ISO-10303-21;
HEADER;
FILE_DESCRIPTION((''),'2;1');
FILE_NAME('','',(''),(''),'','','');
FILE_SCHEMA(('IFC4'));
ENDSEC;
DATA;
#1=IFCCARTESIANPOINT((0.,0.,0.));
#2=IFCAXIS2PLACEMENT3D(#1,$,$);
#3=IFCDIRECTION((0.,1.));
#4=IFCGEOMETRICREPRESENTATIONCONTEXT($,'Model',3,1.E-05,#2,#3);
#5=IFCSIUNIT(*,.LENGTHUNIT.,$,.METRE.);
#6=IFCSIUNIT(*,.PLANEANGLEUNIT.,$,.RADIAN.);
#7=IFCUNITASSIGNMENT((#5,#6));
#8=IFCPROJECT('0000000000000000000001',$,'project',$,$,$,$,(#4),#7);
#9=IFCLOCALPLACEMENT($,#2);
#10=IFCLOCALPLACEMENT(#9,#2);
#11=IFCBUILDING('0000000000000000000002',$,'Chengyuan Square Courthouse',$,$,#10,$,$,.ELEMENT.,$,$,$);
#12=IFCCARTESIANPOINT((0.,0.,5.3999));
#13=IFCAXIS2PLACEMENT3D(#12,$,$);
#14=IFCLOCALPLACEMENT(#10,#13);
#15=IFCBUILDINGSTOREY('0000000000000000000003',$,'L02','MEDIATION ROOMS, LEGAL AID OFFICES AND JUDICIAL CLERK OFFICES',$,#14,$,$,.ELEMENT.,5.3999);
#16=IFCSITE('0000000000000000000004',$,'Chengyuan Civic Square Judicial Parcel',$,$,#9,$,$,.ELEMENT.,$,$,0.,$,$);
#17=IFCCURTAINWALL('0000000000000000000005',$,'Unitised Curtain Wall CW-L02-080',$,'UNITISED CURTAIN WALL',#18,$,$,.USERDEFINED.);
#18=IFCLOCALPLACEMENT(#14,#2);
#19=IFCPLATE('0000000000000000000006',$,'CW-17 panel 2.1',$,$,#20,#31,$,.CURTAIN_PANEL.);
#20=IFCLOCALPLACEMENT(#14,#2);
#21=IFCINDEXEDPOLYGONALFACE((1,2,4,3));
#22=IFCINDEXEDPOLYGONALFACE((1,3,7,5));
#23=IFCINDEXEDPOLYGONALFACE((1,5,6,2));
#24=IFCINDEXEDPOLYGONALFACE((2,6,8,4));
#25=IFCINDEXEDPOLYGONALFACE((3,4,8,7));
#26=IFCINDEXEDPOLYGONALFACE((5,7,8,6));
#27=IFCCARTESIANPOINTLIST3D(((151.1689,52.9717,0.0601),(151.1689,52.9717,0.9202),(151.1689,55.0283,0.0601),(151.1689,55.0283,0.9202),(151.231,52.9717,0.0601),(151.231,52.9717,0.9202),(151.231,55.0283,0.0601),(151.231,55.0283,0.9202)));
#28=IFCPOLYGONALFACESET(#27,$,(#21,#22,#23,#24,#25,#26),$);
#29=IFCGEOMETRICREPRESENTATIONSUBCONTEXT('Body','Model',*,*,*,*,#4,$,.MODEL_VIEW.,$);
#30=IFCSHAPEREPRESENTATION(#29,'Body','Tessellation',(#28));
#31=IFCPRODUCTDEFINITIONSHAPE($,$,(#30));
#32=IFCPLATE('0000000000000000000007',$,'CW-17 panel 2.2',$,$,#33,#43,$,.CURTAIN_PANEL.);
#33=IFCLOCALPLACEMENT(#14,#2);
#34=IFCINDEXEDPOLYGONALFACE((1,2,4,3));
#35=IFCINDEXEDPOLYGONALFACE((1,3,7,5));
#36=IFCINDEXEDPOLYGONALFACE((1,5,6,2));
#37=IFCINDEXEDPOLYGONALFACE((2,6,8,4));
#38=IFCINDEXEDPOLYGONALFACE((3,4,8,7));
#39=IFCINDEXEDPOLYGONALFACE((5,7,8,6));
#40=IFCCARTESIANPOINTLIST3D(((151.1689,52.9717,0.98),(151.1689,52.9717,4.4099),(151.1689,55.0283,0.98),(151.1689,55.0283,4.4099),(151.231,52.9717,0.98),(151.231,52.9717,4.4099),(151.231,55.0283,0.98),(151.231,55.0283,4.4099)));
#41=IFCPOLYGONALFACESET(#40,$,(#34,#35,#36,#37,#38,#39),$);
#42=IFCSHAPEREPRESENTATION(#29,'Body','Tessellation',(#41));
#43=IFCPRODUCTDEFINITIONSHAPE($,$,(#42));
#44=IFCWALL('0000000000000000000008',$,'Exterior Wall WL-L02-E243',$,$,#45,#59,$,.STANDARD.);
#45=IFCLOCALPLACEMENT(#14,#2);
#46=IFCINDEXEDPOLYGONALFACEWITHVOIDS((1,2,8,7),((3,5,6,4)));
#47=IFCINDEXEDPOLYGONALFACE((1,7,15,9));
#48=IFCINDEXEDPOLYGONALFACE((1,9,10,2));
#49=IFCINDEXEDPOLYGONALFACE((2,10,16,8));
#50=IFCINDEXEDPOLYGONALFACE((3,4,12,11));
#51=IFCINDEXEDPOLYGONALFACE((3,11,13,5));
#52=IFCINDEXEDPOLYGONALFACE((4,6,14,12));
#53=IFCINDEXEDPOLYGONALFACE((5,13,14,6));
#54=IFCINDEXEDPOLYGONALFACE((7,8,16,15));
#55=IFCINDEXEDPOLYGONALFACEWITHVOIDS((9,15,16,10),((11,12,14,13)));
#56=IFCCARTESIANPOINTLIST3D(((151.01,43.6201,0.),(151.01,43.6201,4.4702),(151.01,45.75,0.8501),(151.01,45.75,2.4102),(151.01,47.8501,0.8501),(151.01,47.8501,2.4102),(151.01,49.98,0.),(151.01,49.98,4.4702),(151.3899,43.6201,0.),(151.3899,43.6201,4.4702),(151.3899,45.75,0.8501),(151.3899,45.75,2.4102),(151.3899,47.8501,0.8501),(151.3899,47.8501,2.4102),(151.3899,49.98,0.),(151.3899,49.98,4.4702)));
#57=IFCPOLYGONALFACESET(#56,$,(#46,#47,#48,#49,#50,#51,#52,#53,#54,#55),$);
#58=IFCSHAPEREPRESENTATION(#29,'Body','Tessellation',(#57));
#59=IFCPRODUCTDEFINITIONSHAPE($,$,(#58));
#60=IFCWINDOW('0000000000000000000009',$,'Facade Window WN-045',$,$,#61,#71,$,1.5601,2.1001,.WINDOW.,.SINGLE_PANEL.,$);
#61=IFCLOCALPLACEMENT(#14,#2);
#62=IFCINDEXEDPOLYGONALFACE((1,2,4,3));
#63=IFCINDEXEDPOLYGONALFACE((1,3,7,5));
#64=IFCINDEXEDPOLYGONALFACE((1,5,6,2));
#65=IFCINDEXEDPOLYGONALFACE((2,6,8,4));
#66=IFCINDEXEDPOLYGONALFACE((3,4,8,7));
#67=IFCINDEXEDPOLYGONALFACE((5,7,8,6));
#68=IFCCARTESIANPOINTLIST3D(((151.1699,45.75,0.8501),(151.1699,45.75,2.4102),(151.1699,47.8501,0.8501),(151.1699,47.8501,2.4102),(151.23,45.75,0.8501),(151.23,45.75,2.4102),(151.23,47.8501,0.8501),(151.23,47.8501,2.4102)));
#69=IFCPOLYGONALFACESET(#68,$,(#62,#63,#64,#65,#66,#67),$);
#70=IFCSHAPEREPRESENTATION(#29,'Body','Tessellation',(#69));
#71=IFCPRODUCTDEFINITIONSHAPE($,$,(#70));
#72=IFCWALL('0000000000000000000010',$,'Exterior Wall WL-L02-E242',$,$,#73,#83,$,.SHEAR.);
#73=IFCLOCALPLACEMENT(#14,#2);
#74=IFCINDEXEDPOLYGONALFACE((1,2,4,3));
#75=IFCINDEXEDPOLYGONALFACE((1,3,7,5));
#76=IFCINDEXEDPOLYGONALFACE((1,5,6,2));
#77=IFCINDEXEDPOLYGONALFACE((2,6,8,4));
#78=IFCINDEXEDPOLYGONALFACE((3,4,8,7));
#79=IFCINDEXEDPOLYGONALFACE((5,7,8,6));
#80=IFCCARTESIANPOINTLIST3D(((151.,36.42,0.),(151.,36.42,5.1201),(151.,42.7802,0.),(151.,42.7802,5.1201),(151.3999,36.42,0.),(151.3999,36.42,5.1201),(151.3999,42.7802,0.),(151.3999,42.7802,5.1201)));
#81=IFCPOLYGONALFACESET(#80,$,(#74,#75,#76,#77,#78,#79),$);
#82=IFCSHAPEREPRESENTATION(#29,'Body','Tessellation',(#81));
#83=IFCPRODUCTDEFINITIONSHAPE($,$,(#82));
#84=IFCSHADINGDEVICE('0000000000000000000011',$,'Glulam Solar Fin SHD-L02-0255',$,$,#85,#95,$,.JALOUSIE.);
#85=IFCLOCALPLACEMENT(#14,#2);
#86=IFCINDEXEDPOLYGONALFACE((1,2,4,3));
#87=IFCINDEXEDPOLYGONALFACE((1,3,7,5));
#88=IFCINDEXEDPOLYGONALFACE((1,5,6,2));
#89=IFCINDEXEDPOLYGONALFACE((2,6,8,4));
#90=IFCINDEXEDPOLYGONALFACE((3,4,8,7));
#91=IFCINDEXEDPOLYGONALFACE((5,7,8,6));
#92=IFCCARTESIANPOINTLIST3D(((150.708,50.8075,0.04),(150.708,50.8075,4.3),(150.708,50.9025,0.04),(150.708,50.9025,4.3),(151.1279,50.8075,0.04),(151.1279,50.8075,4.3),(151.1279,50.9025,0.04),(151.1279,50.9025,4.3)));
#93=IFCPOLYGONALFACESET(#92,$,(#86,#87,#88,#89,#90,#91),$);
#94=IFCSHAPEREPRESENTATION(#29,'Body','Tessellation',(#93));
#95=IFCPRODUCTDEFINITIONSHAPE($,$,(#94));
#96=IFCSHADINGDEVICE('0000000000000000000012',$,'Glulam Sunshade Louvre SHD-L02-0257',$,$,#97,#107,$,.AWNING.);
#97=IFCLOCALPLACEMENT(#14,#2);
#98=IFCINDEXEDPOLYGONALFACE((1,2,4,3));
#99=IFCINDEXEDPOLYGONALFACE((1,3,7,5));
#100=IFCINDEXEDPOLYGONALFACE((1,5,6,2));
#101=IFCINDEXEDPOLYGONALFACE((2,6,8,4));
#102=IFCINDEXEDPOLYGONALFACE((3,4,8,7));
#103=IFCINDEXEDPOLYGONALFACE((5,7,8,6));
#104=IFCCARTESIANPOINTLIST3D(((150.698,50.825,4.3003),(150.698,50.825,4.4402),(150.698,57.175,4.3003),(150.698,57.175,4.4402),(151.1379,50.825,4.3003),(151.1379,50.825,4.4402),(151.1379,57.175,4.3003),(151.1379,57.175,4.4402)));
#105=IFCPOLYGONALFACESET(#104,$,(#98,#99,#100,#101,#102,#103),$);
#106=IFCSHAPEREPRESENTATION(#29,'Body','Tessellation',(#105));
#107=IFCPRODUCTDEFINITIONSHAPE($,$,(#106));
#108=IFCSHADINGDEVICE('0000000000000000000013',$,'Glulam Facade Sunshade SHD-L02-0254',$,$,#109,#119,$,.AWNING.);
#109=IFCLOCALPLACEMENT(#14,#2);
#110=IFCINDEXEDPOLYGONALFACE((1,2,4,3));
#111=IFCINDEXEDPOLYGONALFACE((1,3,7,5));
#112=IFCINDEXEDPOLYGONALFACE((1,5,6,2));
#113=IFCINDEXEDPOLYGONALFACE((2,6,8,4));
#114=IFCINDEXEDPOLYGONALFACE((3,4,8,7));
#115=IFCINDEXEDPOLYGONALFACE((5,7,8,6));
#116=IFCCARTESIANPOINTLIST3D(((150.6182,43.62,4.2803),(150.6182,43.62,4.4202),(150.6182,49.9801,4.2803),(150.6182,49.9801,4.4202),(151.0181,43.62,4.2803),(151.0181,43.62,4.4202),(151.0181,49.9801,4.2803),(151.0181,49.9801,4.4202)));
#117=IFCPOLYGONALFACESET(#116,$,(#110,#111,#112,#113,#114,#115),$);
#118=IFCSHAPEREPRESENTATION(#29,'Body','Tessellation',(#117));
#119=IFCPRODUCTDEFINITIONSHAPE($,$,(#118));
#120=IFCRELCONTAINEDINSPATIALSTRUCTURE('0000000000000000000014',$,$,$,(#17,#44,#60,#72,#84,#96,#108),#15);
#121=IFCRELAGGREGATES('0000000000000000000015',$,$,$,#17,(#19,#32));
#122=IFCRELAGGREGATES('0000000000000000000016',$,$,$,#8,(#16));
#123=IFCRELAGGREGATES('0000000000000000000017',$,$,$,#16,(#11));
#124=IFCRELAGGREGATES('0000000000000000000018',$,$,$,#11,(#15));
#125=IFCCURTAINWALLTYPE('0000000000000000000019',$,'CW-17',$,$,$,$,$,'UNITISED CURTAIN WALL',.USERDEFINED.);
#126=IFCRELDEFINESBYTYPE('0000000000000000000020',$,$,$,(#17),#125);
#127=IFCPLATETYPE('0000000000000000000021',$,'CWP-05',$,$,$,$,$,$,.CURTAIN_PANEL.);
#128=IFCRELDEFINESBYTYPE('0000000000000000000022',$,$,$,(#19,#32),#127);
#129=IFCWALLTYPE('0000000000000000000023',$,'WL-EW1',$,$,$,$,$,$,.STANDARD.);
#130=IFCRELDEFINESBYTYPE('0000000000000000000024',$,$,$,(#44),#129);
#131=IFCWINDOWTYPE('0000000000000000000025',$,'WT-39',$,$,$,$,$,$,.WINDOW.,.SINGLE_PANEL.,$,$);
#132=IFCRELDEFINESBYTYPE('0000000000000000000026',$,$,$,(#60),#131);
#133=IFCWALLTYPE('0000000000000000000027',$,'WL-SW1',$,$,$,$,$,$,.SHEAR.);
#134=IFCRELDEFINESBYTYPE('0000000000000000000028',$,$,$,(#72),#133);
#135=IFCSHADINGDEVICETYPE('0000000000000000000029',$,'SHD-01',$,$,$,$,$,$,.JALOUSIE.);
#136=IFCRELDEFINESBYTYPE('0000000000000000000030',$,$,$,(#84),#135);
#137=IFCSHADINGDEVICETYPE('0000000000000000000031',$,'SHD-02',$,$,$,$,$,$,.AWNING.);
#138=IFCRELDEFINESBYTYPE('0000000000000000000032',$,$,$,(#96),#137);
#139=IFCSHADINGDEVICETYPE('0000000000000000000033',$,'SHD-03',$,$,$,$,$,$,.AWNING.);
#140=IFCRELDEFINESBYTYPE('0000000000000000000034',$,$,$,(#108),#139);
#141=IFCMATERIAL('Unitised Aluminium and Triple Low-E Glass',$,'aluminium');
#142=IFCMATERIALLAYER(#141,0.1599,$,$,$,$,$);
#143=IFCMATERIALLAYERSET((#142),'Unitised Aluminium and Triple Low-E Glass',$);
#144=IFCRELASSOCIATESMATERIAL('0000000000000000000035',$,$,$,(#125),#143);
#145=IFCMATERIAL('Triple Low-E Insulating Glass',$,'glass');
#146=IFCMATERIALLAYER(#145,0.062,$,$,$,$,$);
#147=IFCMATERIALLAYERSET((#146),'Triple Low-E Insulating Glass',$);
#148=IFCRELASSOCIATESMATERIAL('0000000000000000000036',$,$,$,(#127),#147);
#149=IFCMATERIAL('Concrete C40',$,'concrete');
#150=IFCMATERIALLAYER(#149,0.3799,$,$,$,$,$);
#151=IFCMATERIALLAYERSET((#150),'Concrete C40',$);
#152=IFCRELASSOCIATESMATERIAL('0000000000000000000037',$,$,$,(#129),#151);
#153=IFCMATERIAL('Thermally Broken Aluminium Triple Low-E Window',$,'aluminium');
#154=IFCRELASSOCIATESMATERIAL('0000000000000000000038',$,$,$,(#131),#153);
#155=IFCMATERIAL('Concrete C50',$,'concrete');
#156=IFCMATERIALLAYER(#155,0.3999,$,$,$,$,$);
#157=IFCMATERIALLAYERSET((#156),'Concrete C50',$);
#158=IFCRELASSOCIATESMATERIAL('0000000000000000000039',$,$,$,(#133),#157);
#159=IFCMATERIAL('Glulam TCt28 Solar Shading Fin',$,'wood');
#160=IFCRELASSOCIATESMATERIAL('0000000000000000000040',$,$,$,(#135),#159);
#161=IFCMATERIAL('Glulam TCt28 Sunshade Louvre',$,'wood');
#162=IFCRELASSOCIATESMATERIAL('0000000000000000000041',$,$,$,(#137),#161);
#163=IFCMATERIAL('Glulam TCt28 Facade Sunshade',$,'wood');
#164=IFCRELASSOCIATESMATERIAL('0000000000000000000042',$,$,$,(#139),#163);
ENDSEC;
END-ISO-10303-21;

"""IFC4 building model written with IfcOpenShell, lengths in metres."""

from ifc_helpers import new_model, si_unit, direction, frame, frame_2d, origin, origin_2d, place, context, subcontext, project, spatial, rectangle, extrude, material, layer, layer_set, type_object, element, fill, aggregate, save


model = new_model("IFC4")

# Units and contexts
model_context = context("Model", 3, precision=1e-05, world=origin(), true_north=direction((0.0, 1.0)))
body_context = subcontext(model_context, "Body", "Model", "MODEL_VIEW")
ifc_project = project(units=[si_unit("LENGTHUNIT", "METRE"), si_unit("PLANEANGLEUNIT", "RADIAN")], contexts=[model_context])

# Site, building, storey
site_placement = place(None, origin())
site = spatial("IfcSite", under=ifc_project, at=site_placement, Name="Chengyuan Civic Square Judicial Parcel", CompositionType="ELEMENT", RefElevation=0.0)
building_placement = place(site_placement, origin())
building = spatial("IfcBuilding", under=site, at=building_placement, Name="Chengyuan Square Courthouse", CompositionType="ELEMENT")
storey_placement = place(building_placement, frame((0.0, 0.0, 5.3999)))
storey = spatial("IfcBuildingStorey", under=building, at=storey_placement, Name="L02", Description="MEDIATION ROOMS, LEGAL AID OFFICES AND JUDICIAL CLERK OFFICES", CompositionType="ELEMENT", Elevation=5.3999)

# Shared definitions
ifc_material_1 = material(Name="Concrete C50", Category="concrete")

# Shared definitions
ifc_material_2 = material(Name="Concrete C40", Category="concrete")

# Curtain wall
ifc_material_3 = material(Name="Unitised Aluminium and Triple Low-E Glass", Category="aluminium")
ifc_layer_1 = layer(ifc_material_3, 0.1599)
ifc_layer_set_1 = layer_set([ifc_layer_1], Name="Unitised Aluminium and Triple Low-E Glass")
curtain_wall_type = type_object("IfcCurtainWallType", Name="CW-17", ElementType="UNITISED CURTAIN WALL", PredefinedType="USERDEFINED", material=ifc_layer_set_1)
curtain_wall_placement = place(storey_placement, origin())
curtain_wall = element("IfcCurtainWall", 1, at=curtain_wall_placement, inside=storey, type_object=curtain_wall_type, Name="Unitised Curtain Wall CW-L02-080", ObjectType="UNITISED CURTAIN WALL", PredefinedType="USERDEFINED")

# Plates
ifc_material_4 = material(Name="Triple Low-E Insulating Glass", Category="glass")
ifc_layer_2 = layer(ifc_material_4, 0.062)
ifc_layer_set_2 = layer_set([ifc_layer_2], Name="Triple Low-E Insulating Glass")
plate_type = type_object("IfcPlateType", Name="CWP-05", PredefinedType="CURTAIN_PANEL", material=ifc_layer_set_2)
plate_1_placement = place(storey_placement, frame((151.2, 54.0, 0.0601), z_axis=(0.0, 0.0, 1.0), x_axis=(0.0, 1.0, 0.0)))
plate_1 = element("IfcPlate", 2, at=plate_1_placement, type_object=plate_type, Name="CW-17 panel 2.1", PredefinedType="CURTAIN_PANEL", context=body_context, shape_type="SweptSolid", body=[
    extrude(rectangle(XDim=2.0566, YDim=0.062, at=origin_2d()), origin(), (0.0, 0.0, 1.0), 0.8601),
])
plate_2_placement = place(storey_placement, frame((151.2, 54.0, 0.98), z_axis=(0.0, 0.0, 1.0), x_axis=(0.0, 1.0, 0.0)))
plate_2 = element("IfcPlate", 3, at=plate_2_placement, type_object=plate_type, Name="CW-17 panel 2.2", PredefinedType="CURTAIN_PANEL", context=body_context, shape_type="SweptSolid", body=[
    extrude(rectangle(XDim=2.0566, YDim=0.062, at=origin_2d()), origin(), (0.0, 0.0, 1.0), 3.4299),
])
aggregate(curtain_wall, [plate_1, plate_2])

# Wall, opening, window
ifc_layer_3 = layer(ifc_material_2, 0.3799)
ifc_layer_set_3 = layer_set([ifc_layer_3], Name="Concrete C40")
wall_type_1 = type_object("IfcWallType", Name="WL-EW1", PredefinedType="STANDARD", material=ifc_layer_set_3)
wall_1_placement = place(storey_placement, frame((151.2, 43.6201, 0.0), z_axis=(0.0, 0.0, 1.0), x_axis=(0.0, 1.0, 0.0)))
wall_1 = element("IfcWall", 4, at=wall_1_placement, inside=storey, type_object=wall_type_1, Name="Exterior Wall WL-L02-E243", PredefinedType="STANDARD", context=body_context, shape_type="SweptSolid", body=[
    extrude(rectangle(XDim=6.3599, YDim=0.3799, at=frame_2d((3.1799, 0.0))), origin(), (0.0, 0.0, 1.0), 4.4702),
])
opening_placement = place(wall_1_placement, frame((2.1299, 0.0, 0.8501)))
opening = element("IfcOpeningElement", 5, at=opening_placement, cuts=wall_1, PredefinedType="OPENING", context=body_context, shape_type="SweptSolid", body=[
    extrude(rectangle(XDim=2.1001, YDim=1.5601, at=frame_2d((1.05, 0.78))), frame((0.0, 0.2019, 0.0), z_axis=(0.0, -1.0, 0.0), x_axis=(1.0, 0.0, 0.0)), (0.0, 0.0, 1.0), 0.4038),
])
ifc_material_5 = material(Name="Thermally Broken Aluminium Triple Low-E Window", Category="aluminium")
window_type = type_object("IfcWindowType", Name="WT-39", PartitioningType="SINGLE_PANEL", PredefinedType="WINDOW", material=ifc_material_5)
window_placement = place(opening_placement, origin())
window = element("IfcWindow", 6, at=window_placement, inside=storey, type_object=window_type, Name="Facade Window WN-045", OverallHeight=1.5601, OverallWidth=2.1001, PartitioningType="SINGLE_PANEL", PredefinedType="WINDOW", context=body_context, shape_type="SweptSolid", body=[
    extrude(rectangle(XDim=2.1001, YDim=1.5601, at=frame_2d((1.05, 0.78))), frame((0.0, 0.03, 0.0), z_axis=(0.0, -1.0, 0.0), x_axis=(1.0, 0.0, 0.0)), (0.0, 0.0, 1.0), 0.0601),
])
fill(opening, window)

# Wall
ifc_layer_4 = layer(ifc_material_1, 0.3999)
ifc_layer_set_4 = layer_set([ifc_layer_4], Name="Concrete C50")
wall_type_2 = type_object("IfcWallType", Name="WL-SW1", PredefinedType="SHEAR", material=ifc_layer_set_4)
wall_2_placement = place(storey_placement, frame((151.2, 36.4199, 0.0), z_axis=(0.0, 0.0, 1.0), x_axis=(0.0, 1.0, 0.0)))
element("IfcWall", 7, at=wall_2_placement, inside=storey, type_object=wall_type_2, Name="Exterior Wall WL-L02-E242", PredefinedType="SHEAR", context=body_context, shape_type="SweptSolid", body=[
    extrude(rectangle(XDim=6.3601, YDim=0.3999, at=frame_2d((3.1802, 0.0))), origin(), (0.0, 0.0, 1.0), 5.1201),
])

# Shading devices
ifc_material_6 = material(Name="Glulam TCt28 Solar Shading Fin", Category="wood")
shading_device_type_1 = type_object("IfcShadingDeviceType", Name="SHD-01", PredefinedType="JALOUSIE", material=ifc_material_6)
shading_device_1_placement = place(storey_placement, frame((150.918, 50.855, 0.04), z_axis=(0.0, 0.0, 1.0), x_axis=(1.0, 0.0, 0.0)))
element("IfcShadingDevice", 8, at=shading_device_1_placement, inside=storey, type_object=shading_device_type_1, Name="Glulam Solar Fin SHD-L02-0255", PredefinedType="JALOUSIE", context=body_context, shape_type="SweptSolid", body=[
    extrude(rectangle(XDim=0.4199, YDim=0.095, at=origin_2d()), origin(), (0.0, 0.0, 1.0), 4.26),
])
ifc_material_7 = material(Name="Glulam TCt28 Sunshade Louvre", Category="wood")
shading_device_type_2 = type_object("IfcShadingDeviceType", Name="SHD-02", PredefinedType="AWNING", material=ifc_material_7)
shading_device_2_placement = place(storey_placement, frame((150.918, 54.0, 4.3003), z_axis=(0.0, 0.0, 1.0), x_axis=(0.0, 1.0, 0.0)))
element("IfcShadingDevice", 9, at=shading_device_2_placement, inside=storey, type_object=shading_device_type_2, Name="Glulam Sunshade Louvre SHD-L02-0257", PredefinedType="AWNING", context=body_context, shape_type="SweptSolid", body=[
    extrude(rectangle(XDim=6.3501, YDim=0.4399, at=origin_2d()), origin(), (0.0, 0.0, 1.0), 0.1399),
])
ifc_material_8 = material(Name="Glulam TCt28 Facade Sunshade", Category="wood")
shading_device_type_3 = type_object("IfcShadingDeviceType", Name="SHD-03", PredefinedType="AWNING", material=ifc_material_8)
shading_device_3_placement = place(storey_placement, frame((150.8181, 46.8, 4.2803), z_axis=(0.0, 0.0, 1.0), x_axis=(0.0, 1.0, 0.0)))
element("IfcShadingDevice", 10, at=shading_device_3_placement, inside=storey, type_object=shading_device_type_3, Name="Glulam Facade Sunshade SHD-L02-0254", PredefinedType="AWNING", context=body_context, shape_type="SweptSolid", body=[
    extrude(rectangle(XDim=6.3601, YDim=0.3999, at=origin_2d()), origin(), (0.0, 0.0, 1.0), 0.1399),
])

save(model, "model.ifc")
